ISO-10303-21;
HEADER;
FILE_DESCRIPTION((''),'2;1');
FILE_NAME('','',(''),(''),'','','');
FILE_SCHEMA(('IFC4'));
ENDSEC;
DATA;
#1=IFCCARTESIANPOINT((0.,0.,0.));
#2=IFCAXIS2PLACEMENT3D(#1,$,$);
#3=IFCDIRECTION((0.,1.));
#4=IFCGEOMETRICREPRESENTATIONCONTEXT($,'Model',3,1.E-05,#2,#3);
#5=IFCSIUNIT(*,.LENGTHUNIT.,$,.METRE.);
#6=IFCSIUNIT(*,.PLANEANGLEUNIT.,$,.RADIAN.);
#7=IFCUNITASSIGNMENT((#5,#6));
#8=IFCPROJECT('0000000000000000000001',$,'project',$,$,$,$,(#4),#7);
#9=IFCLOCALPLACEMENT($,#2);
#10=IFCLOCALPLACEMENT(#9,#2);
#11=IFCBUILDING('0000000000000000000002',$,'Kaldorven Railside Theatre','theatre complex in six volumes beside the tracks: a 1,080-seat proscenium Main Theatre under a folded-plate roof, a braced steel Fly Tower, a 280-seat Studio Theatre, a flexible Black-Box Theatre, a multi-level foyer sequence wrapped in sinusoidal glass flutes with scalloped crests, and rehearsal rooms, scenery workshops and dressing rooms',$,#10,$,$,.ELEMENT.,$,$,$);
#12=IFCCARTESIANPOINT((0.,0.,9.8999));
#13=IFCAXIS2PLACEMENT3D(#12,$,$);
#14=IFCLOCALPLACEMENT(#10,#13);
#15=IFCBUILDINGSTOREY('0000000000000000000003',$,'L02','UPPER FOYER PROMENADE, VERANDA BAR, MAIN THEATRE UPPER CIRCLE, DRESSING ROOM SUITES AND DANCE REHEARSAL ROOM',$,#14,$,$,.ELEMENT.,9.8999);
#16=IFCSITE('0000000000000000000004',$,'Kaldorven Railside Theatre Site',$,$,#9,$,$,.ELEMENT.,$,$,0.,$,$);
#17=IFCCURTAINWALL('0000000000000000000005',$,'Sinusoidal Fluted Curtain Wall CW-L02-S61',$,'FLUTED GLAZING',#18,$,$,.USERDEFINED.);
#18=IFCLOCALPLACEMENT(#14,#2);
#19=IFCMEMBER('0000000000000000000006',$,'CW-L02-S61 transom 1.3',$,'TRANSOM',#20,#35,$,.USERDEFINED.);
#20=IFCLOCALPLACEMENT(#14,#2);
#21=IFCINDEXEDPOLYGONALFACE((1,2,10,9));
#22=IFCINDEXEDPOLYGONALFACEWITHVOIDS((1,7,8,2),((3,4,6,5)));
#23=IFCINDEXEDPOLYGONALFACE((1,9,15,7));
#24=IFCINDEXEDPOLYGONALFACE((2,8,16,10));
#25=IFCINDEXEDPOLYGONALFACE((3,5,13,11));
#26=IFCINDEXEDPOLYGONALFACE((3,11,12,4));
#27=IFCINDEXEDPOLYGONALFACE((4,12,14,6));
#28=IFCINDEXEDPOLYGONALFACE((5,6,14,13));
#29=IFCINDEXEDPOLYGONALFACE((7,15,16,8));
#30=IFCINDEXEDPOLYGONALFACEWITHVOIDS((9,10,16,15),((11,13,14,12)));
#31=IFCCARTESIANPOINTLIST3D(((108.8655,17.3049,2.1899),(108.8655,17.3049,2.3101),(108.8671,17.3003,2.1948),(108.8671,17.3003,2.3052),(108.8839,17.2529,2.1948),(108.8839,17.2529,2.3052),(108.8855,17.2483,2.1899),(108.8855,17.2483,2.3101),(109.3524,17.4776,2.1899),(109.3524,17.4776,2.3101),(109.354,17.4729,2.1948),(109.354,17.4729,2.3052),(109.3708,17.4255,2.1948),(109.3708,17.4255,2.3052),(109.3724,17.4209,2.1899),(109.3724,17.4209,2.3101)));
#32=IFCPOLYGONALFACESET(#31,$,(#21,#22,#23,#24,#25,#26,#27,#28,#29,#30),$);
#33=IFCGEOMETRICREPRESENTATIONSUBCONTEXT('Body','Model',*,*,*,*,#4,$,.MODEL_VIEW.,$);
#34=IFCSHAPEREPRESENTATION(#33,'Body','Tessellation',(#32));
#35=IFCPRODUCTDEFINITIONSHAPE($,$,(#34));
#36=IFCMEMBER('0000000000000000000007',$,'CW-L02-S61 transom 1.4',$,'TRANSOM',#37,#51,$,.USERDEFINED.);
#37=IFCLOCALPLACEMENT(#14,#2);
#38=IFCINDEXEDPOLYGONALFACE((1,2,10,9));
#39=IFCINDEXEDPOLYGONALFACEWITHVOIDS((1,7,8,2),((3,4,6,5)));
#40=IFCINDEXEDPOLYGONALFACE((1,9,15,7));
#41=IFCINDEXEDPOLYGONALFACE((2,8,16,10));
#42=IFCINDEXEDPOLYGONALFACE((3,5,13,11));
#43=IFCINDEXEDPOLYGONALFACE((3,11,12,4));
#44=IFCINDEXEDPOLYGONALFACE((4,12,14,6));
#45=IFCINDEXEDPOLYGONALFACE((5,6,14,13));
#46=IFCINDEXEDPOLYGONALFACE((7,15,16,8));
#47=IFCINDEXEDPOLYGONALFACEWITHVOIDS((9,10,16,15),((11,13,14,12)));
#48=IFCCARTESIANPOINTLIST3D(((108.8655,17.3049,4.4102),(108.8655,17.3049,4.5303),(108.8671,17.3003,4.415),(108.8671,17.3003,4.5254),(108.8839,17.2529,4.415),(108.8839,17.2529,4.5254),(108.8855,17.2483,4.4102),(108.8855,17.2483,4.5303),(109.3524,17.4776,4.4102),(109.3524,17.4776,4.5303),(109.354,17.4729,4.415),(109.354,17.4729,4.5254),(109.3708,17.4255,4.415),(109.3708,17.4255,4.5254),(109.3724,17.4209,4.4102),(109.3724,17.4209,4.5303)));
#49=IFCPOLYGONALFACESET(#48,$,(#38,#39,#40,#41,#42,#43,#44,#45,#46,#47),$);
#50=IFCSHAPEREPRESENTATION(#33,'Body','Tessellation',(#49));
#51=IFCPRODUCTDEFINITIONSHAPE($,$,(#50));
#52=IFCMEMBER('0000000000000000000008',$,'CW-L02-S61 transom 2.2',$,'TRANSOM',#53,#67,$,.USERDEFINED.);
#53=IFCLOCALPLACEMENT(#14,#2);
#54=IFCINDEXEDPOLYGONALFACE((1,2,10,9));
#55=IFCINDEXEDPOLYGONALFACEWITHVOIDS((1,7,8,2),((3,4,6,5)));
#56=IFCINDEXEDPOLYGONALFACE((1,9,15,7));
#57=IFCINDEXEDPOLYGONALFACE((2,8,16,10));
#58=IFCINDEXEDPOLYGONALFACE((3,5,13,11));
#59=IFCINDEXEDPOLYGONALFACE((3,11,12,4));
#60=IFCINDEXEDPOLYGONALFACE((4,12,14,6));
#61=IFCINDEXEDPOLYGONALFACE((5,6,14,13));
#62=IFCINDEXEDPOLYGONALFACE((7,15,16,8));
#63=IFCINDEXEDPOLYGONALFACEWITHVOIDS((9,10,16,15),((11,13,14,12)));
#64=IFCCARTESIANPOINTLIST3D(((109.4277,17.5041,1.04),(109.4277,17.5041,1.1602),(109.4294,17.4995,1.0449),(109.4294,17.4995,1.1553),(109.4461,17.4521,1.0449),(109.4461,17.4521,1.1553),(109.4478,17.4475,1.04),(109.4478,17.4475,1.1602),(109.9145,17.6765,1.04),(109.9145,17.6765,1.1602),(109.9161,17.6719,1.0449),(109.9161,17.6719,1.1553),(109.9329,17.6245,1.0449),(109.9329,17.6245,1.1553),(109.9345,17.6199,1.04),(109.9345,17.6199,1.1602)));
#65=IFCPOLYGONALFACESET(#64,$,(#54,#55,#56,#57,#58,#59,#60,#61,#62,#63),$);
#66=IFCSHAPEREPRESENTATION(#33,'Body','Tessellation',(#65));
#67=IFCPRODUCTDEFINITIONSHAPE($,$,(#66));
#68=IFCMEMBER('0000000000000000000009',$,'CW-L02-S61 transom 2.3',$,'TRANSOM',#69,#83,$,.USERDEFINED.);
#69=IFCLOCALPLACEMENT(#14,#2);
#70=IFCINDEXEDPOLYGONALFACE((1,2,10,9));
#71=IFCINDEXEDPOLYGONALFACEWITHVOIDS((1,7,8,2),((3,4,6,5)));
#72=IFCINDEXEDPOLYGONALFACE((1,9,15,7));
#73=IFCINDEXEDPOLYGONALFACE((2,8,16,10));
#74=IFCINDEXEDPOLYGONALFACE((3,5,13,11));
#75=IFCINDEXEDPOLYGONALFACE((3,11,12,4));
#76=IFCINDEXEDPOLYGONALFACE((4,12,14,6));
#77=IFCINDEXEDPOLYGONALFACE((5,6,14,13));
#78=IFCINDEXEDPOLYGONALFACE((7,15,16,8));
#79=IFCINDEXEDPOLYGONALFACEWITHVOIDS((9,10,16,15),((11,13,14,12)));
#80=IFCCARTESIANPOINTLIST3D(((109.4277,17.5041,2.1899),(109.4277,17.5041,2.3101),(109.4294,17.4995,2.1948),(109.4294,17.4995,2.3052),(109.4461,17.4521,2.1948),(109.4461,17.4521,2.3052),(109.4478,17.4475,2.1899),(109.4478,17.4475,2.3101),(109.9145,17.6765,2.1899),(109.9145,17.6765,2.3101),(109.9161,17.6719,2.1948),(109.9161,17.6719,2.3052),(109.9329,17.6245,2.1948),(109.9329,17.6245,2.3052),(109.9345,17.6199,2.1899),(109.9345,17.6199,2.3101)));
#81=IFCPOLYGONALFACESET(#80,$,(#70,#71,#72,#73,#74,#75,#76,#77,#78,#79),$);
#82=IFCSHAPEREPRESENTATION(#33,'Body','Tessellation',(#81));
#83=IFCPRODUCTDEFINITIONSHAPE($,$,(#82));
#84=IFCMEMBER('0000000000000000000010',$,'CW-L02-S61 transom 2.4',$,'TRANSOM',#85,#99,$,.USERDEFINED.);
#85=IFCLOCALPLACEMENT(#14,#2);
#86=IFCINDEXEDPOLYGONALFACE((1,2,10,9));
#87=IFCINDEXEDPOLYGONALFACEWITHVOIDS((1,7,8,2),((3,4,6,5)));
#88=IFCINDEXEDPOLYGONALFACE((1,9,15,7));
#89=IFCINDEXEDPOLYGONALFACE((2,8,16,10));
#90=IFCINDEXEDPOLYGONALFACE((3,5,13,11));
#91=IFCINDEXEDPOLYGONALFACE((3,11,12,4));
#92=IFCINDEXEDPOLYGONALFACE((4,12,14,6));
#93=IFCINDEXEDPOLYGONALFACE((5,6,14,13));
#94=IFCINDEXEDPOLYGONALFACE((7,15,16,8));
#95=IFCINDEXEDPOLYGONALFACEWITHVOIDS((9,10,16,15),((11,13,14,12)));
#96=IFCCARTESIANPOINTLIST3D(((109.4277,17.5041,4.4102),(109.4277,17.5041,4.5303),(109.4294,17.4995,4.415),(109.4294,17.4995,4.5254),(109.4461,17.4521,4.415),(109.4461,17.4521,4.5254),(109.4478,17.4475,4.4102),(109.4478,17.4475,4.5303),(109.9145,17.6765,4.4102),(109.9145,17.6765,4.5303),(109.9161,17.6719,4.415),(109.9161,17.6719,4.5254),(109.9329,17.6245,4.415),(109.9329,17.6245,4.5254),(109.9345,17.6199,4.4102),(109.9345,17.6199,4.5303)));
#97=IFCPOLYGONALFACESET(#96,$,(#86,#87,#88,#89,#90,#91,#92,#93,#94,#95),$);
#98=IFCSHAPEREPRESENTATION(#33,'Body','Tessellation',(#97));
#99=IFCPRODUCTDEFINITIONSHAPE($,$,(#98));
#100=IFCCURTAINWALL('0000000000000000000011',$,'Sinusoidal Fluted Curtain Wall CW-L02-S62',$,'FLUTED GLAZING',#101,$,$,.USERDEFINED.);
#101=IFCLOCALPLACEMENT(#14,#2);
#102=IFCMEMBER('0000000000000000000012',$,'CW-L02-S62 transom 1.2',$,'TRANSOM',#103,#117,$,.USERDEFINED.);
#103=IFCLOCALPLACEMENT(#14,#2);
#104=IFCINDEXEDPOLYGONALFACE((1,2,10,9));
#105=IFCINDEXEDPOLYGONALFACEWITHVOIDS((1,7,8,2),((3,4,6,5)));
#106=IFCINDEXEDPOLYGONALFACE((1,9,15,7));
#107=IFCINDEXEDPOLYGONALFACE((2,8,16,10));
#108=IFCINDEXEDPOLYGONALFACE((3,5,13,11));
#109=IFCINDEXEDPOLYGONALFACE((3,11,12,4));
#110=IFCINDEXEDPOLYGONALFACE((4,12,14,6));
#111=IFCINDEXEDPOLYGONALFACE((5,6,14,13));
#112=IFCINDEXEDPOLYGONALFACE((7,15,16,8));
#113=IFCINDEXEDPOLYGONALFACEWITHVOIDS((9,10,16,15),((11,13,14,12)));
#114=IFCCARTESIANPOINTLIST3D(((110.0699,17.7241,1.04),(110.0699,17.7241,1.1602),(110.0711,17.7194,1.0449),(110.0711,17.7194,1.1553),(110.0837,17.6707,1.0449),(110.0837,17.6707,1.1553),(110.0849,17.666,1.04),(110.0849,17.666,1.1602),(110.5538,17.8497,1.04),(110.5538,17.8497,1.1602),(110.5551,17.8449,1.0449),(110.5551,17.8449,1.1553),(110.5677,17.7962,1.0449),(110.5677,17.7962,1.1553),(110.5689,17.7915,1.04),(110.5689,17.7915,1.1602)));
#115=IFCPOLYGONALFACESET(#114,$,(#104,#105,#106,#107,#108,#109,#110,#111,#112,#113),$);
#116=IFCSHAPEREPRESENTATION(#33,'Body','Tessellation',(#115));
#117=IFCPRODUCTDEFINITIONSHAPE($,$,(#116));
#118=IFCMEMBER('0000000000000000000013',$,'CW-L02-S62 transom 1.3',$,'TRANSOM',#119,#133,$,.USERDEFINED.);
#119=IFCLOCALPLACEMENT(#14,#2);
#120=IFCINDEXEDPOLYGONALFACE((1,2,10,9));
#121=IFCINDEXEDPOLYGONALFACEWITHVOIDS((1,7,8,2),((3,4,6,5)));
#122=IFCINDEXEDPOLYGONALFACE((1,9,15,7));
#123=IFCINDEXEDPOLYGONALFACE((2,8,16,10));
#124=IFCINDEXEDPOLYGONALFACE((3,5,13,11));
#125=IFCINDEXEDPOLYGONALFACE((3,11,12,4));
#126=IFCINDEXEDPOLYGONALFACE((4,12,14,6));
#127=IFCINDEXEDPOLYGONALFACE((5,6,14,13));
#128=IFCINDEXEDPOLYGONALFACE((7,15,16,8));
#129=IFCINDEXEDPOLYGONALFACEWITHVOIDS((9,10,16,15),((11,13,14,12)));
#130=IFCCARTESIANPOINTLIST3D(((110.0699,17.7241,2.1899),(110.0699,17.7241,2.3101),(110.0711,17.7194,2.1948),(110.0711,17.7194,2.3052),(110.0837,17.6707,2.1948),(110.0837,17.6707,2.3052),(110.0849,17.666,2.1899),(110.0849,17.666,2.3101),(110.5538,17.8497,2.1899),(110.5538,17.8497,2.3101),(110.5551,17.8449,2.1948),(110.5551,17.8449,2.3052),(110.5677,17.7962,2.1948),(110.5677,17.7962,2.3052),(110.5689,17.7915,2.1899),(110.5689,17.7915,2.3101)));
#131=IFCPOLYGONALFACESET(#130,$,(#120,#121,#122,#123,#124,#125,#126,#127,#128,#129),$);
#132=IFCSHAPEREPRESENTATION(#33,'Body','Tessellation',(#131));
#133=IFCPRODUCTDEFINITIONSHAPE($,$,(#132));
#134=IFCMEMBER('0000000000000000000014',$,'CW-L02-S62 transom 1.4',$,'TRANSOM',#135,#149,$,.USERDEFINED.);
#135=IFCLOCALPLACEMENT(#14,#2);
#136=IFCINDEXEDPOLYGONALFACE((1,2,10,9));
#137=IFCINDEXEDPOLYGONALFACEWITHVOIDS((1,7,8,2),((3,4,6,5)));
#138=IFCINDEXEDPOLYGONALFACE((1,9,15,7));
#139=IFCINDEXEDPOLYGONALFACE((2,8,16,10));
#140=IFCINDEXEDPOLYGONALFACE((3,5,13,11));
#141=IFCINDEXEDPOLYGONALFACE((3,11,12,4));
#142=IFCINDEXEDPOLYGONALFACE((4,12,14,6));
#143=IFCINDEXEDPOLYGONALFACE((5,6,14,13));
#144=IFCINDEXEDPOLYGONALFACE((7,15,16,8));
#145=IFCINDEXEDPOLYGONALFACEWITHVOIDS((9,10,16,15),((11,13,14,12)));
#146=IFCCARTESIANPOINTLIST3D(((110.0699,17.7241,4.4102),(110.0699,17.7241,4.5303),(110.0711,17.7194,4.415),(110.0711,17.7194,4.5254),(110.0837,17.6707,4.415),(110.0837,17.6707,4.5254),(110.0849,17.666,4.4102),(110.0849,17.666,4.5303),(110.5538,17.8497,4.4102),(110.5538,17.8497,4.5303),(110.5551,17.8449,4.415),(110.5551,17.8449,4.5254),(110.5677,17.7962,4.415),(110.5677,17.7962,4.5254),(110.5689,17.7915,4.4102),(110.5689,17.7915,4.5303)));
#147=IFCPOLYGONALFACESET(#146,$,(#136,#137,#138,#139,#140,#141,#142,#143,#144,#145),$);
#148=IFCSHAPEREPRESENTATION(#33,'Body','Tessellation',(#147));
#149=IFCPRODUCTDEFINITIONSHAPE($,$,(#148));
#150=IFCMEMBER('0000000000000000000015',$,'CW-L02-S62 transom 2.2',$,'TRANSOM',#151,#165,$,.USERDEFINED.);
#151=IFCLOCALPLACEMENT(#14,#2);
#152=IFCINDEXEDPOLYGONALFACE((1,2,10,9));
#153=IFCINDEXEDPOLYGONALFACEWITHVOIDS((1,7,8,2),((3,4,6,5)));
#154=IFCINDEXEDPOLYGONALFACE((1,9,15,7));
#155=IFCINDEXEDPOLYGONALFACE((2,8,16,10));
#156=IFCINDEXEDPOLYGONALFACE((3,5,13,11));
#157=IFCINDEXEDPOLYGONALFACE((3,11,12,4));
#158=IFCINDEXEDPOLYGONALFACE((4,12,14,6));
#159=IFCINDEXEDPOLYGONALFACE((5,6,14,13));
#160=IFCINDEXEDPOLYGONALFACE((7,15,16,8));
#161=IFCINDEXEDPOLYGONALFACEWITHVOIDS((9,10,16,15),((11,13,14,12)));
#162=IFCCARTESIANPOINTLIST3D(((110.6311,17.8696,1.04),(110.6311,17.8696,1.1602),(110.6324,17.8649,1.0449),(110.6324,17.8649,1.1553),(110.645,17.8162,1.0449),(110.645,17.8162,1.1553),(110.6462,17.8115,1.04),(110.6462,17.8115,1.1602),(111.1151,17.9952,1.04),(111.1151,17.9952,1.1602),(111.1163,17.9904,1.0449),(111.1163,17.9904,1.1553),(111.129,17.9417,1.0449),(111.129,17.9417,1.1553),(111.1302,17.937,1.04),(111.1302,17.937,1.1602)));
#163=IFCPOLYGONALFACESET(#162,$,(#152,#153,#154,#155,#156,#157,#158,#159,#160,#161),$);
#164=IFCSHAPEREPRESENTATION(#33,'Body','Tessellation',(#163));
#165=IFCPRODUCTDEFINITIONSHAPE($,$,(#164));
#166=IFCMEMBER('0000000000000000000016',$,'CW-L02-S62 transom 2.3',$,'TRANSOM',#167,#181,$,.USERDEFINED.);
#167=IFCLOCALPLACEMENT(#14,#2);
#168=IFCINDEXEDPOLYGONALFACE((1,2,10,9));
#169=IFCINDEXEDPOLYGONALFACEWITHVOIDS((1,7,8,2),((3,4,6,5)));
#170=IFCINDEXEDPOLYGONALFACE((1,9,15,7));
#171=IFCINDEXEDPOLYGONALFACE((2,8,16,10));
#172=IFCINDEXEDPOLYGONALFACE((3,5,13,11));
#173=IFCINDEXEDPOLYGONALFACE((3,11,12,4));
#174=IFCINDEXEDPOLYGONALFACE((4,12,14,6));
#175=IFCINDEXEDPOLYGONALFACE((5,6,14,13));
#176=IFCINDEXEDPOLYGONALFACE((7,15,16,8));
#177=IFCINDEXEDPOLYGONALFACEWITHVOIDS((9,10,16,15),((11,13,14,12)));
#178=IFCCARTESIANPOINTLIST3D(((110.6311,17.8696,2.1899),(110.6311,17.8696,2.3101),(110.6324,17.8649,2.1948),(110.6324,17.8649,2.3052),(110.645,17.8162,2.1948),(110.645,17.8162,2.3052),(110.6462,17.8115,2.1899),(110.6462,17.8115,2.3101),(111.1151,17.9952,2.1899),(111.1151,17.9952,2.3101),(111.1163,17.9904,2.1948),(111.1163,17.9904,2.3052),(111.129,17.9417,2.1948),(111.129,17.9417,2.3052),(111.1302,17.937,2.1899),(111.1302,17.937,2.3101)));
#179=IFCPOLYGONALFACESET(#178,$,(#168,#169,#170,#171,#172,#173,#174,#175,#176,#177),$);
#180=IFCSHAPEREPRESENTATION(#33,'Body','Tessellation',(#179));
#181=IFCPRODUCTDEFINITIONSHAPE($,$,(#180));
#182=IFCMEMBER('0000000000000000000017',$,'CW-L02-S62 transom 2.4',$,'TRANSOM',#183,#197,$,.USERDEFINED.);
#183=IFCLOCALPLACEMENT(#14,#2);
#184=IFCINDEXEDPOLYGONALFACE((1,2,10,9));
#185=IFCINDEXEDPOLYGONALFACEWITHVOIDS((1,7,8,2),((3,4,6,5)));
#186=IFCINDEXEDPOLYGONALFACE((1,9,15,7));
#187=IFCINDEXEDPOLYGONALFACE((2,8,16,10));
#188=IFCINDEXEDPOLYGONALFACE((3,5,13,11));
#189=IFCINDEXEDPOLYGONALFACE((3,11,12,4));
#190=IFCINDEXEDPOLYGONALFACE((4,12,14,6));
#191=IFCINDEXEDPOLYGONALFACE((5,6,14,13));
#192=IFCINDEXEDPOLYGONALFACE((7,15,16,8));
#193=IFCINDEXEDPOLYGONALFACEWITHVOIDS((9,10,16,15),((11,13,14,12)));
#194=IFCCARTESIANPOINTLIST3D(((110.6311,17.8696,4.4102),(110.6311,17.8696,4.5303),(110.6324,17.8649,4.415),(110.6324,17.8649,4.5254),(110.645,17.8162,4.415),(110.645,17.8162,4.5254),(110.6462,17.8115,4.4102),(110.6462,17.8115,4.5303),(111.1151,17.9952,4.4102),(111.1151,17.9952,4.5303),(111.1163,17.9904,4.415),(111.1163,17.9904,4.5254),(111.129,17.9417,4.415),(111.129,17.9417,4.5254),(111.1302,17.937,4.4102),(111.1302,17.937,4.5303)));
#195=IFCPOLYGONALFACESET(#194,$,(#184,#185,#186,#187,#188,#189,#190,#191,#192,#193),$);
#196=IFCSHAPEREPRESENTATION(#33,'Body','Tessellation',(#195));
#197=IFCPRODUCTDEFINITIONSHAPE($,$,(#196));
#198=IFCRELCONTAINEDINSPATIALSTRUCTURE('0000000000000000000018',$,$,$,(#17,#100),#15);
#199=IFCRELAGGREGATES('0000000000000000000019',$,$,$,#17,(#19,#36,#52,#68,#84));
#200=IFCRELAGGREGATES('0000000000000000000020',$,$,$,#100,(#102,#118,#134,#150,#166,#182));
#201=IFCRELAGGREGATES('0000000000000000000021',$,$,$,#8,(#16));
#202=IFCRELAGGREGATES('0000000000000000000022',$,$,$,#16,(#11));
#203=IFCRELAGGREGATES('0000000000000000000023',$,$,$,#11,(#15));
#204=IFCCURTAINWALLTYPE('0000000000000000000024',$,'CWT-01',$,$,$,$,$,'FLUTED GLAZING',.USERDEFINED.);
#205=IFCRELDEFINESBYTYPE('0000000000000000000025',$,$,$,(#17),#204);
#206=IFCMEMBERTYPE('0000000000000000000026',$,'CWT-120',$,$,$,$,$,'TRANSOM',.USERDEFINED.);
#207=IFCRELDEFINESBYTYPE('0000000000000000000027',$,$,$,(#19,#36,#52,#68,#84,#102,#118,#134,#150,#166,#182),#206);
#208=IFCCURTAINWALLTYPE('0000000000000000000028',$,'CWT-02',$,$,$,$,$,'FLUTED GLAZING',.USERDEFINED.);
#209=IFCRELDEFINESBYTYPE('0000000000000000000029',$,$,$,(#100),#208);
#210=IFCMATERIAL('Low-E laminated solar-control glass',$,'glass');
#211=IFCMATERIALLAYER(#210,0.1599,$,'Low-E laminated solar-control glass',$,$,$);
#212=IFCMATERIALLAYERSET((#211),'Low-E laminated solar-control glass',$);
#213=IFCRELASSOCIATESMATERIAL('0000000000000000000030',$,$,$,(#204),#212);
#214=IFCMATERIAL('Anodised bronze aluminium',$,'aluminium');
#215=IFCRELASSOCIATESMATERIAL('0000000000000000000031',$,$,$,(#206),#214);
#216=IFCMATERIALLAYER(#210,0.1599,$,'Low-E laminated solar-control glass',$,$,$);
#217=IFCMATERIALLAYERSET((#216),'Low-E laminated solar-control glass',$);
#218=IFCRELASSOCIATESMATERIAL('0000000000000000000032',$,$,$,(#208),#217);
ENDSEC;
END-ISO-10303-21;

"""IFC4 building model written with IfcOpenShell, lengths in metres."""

from ifc_helpers import new_model, si_unit, direction, frame, origin, origin_2d, place, context, subcontext, project, spatial, hollow_rectangle, extrude, material, layer, layer_set, material_profile, profile_set, type_object, element, aggregate, save


model = new_model("IFC4")

# Units and contexts
model_context = context("Model", 3, precision=1e-05, world=origin(), true_north=direction((0.0, 1.0)))
body_context = subcontext(model_context, "Body", "Model", "MODEL_VIEW")
ifc_project = project(units=[si_unit("LENGTHUNIT", "METRE"), si_unit("PLANEANGLEUNIT", "RADIAN")], contexts=[model_context])

# Site, building, storey
site_placement = place(None, origin())
site = spatial("IfcSite", under=ifc_project, at=site_placement, Name="Kaldorven Railside Theatre Site", CompositionType="ELEMENT", RefElevation=0.0)
building_placement = place(site_placement, origin())
building = spatial("IfcBuilding", under=site, at=building_placement, Name="Kaldorven Railside Theatre", Description="theatre complex in six volumes beside the tracks: a 1,080-seat proscenium Main Theatre under a folded-plate roof, a braced steel Fly Tower, a 280-seat Studio Theatre, a flexible Black-Box Theatre, a multi-level foyer sequence wrapped in sinusoidal glass flutes with scalloped crests, and rehearsal rooms, scenery workshops and dressing rooms", CompositionType="ELEMENT")
storey_placement = place(building_placement, frame((0.0, 0.0, 9.8999)))
storey = spatial("IfcBuildingStorey", under=building, at=storey_placement, Name="L02", Description="UPPER FOYER PROMENADE, VERANDA BAR, MAIN THEATRE UPPER CIRCLE, DRESSING ROOM SUITES AND DANCE REHEARSAL ROOM", CompositionType="ELEMENT", Elevation=9.8999)

# Curtain walls, members
ifc_material_1 = material(Name="Low-E laminated solar-control glass", Category="glass")
ifc_layer_1 = layer(ifc_material_1, 0.1599, Name="Low-E laminated solar-control glass")
ifc_layer_set_1 = layer_set([ifc_layer_1], Name="Low-E laminated solar-control glass")
curtain_wall_type_1 = type_object("IfcCurtainWallType", Name="CWT-01", ElementType="FLUTED GLAZING", PredefinedType="USERDEFINED", material=ifc_layer_set_1)
curtain_wall_1_placement = place(storey_placement, origin())
curtain_wall_1 = element("IfcCurtainWall", 1, at=curtain_wall_1_placement, inside=storey, type_object=curtain_wall_type_1, Name="Sinusoidal Fluted Curtain Wall CW-L02-S61", ObjectType="FLUTED GLAZING", PredefinedType="USERDEFINED")
ifc_material_2 = material(Name="Anodised bronze aluminium", Category="aluminium")
ifc_material_profile = material_profile(ifc_material_2, hollow_rectangle(XDim=0.0601, YDim=0.1201, WallThickness=0.0049, at=origin_2d()), Name="RHS 120x60x5")
ifc_profile_set = profile_set([ifc_material_profile], Name="Anodised bronze aluminium")
member_type = type_object("IfcMemberType", Name="CWT-120", ElementType="TRANSOM", PredefinedType="USERDEFINED", material=ifc_profile_set)
member_1_placement = place(storey_placement, frame((108.8755, 17.2766, 2.25), z_axis=(0.942509, 0.33418, 0.0), x_axis=(-0.33418, 0.942509, 0.0)))
member_1 = element("IfcMember", 2, at=member_1_placement, type_object=member_type, Name="CW-L02-S61 transom 1.3", ObjectType="TRANSOM", PredefinedType="USERDEFINED", context=body_context, shape_type="SweptSolid", body=[
    extrude(hollow_rectangle(XDim=0.0601, YDim=0.1201, WallThickness=0.0049, at=origin_2d()), origin(), (0.0, 0.0, 1.0), 0.5166),
])
member_2_placement = place(storey_placement, frame((108.8755, 17.2766, 4.4702), z_axis=(0.942509, 0.33418, 0.0), x_axis=(-0.33418, 0.942509, 0.0)))
member_2 = element("IfcMember", 3, at=member_2_placement, type_object=member_type, Name="CW-L02-S61 transom 1.4", ObjectType="TRANSOM", PredefinedType="USERDEFINED", context=body_context, shape_type="SweptSolid", body=[
    extrude(hollow_rectangle(XDim=0.0601, YDim=0.1201, WallThickness=0.0049, at=origin_2d()), origin(), (0.0, 0.0, 1.0), 0.5166),
])
member_3_placement = place(storey_placement, frame((109.4377, 17.4758, 1.1001), z_axis=(0.942658, 0.33376, 0.0), x_axis=(-0.33376, 0.942658, 0.0)))
member_3 = element("IfcMember", 4, at=member_3_placement, type_object=member_type, Name="CW-L02-S61 transom 2.2", ObjectType="TRANSOM", PredefinedType="USERDEFINED", context=body_context, shape_type="SweptSolid", body=[
    extrude(hollow_rectangle(XDim=0.0601, YDim=0.1201, WallThickness=0.0049, at=origin_2d()), origin(), (0.0, 0.0, 1.0), 0.5164),
])
member_4_placement = place(storey_placement, frame((109.4377, 17.4758, 2.25), z_axis=(0.942658, 0.33376, 0.0), x_axis=(-0.33376, 0.942658, 0.0)))
member_4 = element("IfcMember", 5, at=member_4_placement, type_object=member_type, Name="CW-L02-S61 transom 2.3", ObjectType="TRANSOM", PredefinedType="USERDEFINED", context=body_context, shape_type="SweptSolid", body=[
    extrude(hollow_rectangle(XDim=0.0601, YDim=0.1201, WallThickness=0.0049, at=origin_2d()), origin(), (0.0, 0.0, 1.0), 0.5164),
])
member_5_placement = place(storey_placement, frame((109.4377, 17.4758, 4.4702), z_axis=(0.942658, 0.33376, 0.0), x_axis=(-0.33376, 0.942658, 0.0)))
member_5 = element("IfcMember", 6, at=member_5_placement, type_object=member_type, Name="CW-L02-S61 transom 2.4", ObjectType="TRANSOM", PredefinedType="USERDEFINED", context=body_context, shape_type="SweptSolid", body=[
    extrude(hollow_rectangle(XDim=0.0601, YDim=0.1201, WallThickness=0.0049, at=origin_2d()), origin(), (0.0, 0.0, 1.0), 0.5164),
])
ifc_layer_2 = layer(ifc_material_1, 0.1599, Name="Low-E laminated solar-control glass")
ifc_layer_set_2 = layer_set([ifc_layer_2], Name="Low-E laminated solar-control glass")
curtain_wall_type_2 = type_object("IfcCurtainWallType", Name="CWT-02", ElementType="FLUTED GLAZING", PredefinedType="USERDEFINED", material=ifc_layer_set_2)
curtain_wall_2_placement = place(storey_placement, origin())
curtain_wall_2 = element("IfcCurtainWall", 7, at=curtain_wall_2_placement, inside=storey, type_object=curtain_wall_type_2, Name="Sinusoidal Fluted Curtain Wall CW-L02-S62", ObjectType="FLUTED GLAZING", PredefinedType="USERDEFINED")
member_6_placement = place(storey_placement, frame((110.0774, 17.6951, 1.1001), z_axis=(0.967979, 0.25103, 0.0), x_axis=(-0.25103, 0.967979, 0.0)))
member_6 = element("IfcMember", 8, at=member_6_placement, type_object=member_type, Name="CW-L02-S62 transom 1.2", ObjectType="TRANSOM", PredefinedType="USERDEFINED", context=body_context, shape_type="SweptSolid", body=[
    extrude(hollow_rectangle(XDim=0.0601, YDim=0.1201, WallThickness=0.0049, at=origin_2d()), origin(), (0.0, 0.0, 1.0), 0.5),
])
member_7_placement = place(storey_placement, frame((110.0774, 17.6951, 2.25), z_axis=(0.967979, 0.25103, 0.0), x_axis=(-0.25103, 0.967979, 0.0)))
member_7 = element("IfcMember", 9, at=member_7_placement, type_object=member_type, Name="CW-L02-S62 transom 1.3", ObjectType="TRANSOM", PredefinedType="USERDEFINED", context=body_context, shape_type="SweptSolid", body=[
    extrude(hollow_rectangle(XDim=0.0601, YDim=0.1201, WallThickness=0.0049, at=origin_2d()), origin(), (0.0, 0.0, 1.0), 0.5),
])
member_8_placement = place(storey_placement, frame((110.0774, 17.6951, 4.4702), z_axis=(0.967979, 0.25103, 0.0), x_axis=(-0.25103, 0.967979, 0.0)))
member_8 = element("IfcMember", 10, at=member_8_placement, type_object=member_type, Name="CW-L02-S62 transom 1.4", ObjectType="TRANSOM", PredefinedType="USERDEFINED", context=body_context, shape_type="SweptSolid", body=[
    extrude(hollow_rectangle(XDim=0.0601, YDim=0.1201, WallThickness=0.0049, at=origin_2d()), origin(), (0.0, 0.0, 1.0), 0.5),
])
member_9_placement = place(storey_placement, frame((110.6387, 17.8406, 1.1001), z_axis=(0.967979, 0.25103, 0.0), x_axis=(-0.25103, 0.967979, 0.0)))
member_9 = element("IfcMember", 11, at=member_9_placement, type_object=member_type, Name="CW-L02-S62 transom 2.2", ObjectType="TRANSOM", PredefinedType="USERDEFINED", context=body_context, shape_type="SweptSolid", body=[
    extrude(hollow_rectangle(XDim=0.0601, YDim=0.1201, WallThickness=0.0049, at=origin_2d()), origin(), (0.0, 0.0, 1.0), 0.5),
])
member_10_placement = place(storey_placement, frame((110.6387, 17.8406, 2.25), z_axis=(0.967979, 0.25103, 0.0), x_axis=(-0.25103, 0.967979, 0.0)))
member_10 = element("IfcMember", 12, at=member_10_placement, type_object=member_type, Name="CW-L02-S62 transom 2.3", ObjectType="TRANSOM", PredefinedType="USERDEFINED", context=body_context, shape_type="SweptSolid", body=[
    extrude(hollow_rectangle(XDim=0.0601, YDim=0.1201, WallThickness=0.0049, at=origin_2d()), origin(), (0.0, 0.0, 1.0), 0.5),
])
member_11_placement = place(storey_placement, frame((110.6387, 17.8406, 4.4702), z_axis=(0.967979, 0.25103, 0.0), x_axis=(-0.25103, 0.967979, 0.0)))
member_11 = element("IfcMember", 13, at=member_11_placement, type_object=member_type, Name="CW-L02-S62 transom 2.4", ObjectType="TRANSOM", PredefinedType="USERDEFINED", context=body_context, shape_type="SweptSolid", body=[
    extrude(hollow_rectangle(XDim=0.0601, YDim=0.1201, WallThickness=0.0049, at=origin_2d()), origin(), (0.0, 0.0, 1.0), 0.5),
])

aggregate(curtain_wall_1, [member_1, member_2, member_3, member_4, member_5])
aggregate(curtain_wall_2, [member_6, member_7, member_8, member_9, member_10, member_11])

save(model, "model.ifc")
